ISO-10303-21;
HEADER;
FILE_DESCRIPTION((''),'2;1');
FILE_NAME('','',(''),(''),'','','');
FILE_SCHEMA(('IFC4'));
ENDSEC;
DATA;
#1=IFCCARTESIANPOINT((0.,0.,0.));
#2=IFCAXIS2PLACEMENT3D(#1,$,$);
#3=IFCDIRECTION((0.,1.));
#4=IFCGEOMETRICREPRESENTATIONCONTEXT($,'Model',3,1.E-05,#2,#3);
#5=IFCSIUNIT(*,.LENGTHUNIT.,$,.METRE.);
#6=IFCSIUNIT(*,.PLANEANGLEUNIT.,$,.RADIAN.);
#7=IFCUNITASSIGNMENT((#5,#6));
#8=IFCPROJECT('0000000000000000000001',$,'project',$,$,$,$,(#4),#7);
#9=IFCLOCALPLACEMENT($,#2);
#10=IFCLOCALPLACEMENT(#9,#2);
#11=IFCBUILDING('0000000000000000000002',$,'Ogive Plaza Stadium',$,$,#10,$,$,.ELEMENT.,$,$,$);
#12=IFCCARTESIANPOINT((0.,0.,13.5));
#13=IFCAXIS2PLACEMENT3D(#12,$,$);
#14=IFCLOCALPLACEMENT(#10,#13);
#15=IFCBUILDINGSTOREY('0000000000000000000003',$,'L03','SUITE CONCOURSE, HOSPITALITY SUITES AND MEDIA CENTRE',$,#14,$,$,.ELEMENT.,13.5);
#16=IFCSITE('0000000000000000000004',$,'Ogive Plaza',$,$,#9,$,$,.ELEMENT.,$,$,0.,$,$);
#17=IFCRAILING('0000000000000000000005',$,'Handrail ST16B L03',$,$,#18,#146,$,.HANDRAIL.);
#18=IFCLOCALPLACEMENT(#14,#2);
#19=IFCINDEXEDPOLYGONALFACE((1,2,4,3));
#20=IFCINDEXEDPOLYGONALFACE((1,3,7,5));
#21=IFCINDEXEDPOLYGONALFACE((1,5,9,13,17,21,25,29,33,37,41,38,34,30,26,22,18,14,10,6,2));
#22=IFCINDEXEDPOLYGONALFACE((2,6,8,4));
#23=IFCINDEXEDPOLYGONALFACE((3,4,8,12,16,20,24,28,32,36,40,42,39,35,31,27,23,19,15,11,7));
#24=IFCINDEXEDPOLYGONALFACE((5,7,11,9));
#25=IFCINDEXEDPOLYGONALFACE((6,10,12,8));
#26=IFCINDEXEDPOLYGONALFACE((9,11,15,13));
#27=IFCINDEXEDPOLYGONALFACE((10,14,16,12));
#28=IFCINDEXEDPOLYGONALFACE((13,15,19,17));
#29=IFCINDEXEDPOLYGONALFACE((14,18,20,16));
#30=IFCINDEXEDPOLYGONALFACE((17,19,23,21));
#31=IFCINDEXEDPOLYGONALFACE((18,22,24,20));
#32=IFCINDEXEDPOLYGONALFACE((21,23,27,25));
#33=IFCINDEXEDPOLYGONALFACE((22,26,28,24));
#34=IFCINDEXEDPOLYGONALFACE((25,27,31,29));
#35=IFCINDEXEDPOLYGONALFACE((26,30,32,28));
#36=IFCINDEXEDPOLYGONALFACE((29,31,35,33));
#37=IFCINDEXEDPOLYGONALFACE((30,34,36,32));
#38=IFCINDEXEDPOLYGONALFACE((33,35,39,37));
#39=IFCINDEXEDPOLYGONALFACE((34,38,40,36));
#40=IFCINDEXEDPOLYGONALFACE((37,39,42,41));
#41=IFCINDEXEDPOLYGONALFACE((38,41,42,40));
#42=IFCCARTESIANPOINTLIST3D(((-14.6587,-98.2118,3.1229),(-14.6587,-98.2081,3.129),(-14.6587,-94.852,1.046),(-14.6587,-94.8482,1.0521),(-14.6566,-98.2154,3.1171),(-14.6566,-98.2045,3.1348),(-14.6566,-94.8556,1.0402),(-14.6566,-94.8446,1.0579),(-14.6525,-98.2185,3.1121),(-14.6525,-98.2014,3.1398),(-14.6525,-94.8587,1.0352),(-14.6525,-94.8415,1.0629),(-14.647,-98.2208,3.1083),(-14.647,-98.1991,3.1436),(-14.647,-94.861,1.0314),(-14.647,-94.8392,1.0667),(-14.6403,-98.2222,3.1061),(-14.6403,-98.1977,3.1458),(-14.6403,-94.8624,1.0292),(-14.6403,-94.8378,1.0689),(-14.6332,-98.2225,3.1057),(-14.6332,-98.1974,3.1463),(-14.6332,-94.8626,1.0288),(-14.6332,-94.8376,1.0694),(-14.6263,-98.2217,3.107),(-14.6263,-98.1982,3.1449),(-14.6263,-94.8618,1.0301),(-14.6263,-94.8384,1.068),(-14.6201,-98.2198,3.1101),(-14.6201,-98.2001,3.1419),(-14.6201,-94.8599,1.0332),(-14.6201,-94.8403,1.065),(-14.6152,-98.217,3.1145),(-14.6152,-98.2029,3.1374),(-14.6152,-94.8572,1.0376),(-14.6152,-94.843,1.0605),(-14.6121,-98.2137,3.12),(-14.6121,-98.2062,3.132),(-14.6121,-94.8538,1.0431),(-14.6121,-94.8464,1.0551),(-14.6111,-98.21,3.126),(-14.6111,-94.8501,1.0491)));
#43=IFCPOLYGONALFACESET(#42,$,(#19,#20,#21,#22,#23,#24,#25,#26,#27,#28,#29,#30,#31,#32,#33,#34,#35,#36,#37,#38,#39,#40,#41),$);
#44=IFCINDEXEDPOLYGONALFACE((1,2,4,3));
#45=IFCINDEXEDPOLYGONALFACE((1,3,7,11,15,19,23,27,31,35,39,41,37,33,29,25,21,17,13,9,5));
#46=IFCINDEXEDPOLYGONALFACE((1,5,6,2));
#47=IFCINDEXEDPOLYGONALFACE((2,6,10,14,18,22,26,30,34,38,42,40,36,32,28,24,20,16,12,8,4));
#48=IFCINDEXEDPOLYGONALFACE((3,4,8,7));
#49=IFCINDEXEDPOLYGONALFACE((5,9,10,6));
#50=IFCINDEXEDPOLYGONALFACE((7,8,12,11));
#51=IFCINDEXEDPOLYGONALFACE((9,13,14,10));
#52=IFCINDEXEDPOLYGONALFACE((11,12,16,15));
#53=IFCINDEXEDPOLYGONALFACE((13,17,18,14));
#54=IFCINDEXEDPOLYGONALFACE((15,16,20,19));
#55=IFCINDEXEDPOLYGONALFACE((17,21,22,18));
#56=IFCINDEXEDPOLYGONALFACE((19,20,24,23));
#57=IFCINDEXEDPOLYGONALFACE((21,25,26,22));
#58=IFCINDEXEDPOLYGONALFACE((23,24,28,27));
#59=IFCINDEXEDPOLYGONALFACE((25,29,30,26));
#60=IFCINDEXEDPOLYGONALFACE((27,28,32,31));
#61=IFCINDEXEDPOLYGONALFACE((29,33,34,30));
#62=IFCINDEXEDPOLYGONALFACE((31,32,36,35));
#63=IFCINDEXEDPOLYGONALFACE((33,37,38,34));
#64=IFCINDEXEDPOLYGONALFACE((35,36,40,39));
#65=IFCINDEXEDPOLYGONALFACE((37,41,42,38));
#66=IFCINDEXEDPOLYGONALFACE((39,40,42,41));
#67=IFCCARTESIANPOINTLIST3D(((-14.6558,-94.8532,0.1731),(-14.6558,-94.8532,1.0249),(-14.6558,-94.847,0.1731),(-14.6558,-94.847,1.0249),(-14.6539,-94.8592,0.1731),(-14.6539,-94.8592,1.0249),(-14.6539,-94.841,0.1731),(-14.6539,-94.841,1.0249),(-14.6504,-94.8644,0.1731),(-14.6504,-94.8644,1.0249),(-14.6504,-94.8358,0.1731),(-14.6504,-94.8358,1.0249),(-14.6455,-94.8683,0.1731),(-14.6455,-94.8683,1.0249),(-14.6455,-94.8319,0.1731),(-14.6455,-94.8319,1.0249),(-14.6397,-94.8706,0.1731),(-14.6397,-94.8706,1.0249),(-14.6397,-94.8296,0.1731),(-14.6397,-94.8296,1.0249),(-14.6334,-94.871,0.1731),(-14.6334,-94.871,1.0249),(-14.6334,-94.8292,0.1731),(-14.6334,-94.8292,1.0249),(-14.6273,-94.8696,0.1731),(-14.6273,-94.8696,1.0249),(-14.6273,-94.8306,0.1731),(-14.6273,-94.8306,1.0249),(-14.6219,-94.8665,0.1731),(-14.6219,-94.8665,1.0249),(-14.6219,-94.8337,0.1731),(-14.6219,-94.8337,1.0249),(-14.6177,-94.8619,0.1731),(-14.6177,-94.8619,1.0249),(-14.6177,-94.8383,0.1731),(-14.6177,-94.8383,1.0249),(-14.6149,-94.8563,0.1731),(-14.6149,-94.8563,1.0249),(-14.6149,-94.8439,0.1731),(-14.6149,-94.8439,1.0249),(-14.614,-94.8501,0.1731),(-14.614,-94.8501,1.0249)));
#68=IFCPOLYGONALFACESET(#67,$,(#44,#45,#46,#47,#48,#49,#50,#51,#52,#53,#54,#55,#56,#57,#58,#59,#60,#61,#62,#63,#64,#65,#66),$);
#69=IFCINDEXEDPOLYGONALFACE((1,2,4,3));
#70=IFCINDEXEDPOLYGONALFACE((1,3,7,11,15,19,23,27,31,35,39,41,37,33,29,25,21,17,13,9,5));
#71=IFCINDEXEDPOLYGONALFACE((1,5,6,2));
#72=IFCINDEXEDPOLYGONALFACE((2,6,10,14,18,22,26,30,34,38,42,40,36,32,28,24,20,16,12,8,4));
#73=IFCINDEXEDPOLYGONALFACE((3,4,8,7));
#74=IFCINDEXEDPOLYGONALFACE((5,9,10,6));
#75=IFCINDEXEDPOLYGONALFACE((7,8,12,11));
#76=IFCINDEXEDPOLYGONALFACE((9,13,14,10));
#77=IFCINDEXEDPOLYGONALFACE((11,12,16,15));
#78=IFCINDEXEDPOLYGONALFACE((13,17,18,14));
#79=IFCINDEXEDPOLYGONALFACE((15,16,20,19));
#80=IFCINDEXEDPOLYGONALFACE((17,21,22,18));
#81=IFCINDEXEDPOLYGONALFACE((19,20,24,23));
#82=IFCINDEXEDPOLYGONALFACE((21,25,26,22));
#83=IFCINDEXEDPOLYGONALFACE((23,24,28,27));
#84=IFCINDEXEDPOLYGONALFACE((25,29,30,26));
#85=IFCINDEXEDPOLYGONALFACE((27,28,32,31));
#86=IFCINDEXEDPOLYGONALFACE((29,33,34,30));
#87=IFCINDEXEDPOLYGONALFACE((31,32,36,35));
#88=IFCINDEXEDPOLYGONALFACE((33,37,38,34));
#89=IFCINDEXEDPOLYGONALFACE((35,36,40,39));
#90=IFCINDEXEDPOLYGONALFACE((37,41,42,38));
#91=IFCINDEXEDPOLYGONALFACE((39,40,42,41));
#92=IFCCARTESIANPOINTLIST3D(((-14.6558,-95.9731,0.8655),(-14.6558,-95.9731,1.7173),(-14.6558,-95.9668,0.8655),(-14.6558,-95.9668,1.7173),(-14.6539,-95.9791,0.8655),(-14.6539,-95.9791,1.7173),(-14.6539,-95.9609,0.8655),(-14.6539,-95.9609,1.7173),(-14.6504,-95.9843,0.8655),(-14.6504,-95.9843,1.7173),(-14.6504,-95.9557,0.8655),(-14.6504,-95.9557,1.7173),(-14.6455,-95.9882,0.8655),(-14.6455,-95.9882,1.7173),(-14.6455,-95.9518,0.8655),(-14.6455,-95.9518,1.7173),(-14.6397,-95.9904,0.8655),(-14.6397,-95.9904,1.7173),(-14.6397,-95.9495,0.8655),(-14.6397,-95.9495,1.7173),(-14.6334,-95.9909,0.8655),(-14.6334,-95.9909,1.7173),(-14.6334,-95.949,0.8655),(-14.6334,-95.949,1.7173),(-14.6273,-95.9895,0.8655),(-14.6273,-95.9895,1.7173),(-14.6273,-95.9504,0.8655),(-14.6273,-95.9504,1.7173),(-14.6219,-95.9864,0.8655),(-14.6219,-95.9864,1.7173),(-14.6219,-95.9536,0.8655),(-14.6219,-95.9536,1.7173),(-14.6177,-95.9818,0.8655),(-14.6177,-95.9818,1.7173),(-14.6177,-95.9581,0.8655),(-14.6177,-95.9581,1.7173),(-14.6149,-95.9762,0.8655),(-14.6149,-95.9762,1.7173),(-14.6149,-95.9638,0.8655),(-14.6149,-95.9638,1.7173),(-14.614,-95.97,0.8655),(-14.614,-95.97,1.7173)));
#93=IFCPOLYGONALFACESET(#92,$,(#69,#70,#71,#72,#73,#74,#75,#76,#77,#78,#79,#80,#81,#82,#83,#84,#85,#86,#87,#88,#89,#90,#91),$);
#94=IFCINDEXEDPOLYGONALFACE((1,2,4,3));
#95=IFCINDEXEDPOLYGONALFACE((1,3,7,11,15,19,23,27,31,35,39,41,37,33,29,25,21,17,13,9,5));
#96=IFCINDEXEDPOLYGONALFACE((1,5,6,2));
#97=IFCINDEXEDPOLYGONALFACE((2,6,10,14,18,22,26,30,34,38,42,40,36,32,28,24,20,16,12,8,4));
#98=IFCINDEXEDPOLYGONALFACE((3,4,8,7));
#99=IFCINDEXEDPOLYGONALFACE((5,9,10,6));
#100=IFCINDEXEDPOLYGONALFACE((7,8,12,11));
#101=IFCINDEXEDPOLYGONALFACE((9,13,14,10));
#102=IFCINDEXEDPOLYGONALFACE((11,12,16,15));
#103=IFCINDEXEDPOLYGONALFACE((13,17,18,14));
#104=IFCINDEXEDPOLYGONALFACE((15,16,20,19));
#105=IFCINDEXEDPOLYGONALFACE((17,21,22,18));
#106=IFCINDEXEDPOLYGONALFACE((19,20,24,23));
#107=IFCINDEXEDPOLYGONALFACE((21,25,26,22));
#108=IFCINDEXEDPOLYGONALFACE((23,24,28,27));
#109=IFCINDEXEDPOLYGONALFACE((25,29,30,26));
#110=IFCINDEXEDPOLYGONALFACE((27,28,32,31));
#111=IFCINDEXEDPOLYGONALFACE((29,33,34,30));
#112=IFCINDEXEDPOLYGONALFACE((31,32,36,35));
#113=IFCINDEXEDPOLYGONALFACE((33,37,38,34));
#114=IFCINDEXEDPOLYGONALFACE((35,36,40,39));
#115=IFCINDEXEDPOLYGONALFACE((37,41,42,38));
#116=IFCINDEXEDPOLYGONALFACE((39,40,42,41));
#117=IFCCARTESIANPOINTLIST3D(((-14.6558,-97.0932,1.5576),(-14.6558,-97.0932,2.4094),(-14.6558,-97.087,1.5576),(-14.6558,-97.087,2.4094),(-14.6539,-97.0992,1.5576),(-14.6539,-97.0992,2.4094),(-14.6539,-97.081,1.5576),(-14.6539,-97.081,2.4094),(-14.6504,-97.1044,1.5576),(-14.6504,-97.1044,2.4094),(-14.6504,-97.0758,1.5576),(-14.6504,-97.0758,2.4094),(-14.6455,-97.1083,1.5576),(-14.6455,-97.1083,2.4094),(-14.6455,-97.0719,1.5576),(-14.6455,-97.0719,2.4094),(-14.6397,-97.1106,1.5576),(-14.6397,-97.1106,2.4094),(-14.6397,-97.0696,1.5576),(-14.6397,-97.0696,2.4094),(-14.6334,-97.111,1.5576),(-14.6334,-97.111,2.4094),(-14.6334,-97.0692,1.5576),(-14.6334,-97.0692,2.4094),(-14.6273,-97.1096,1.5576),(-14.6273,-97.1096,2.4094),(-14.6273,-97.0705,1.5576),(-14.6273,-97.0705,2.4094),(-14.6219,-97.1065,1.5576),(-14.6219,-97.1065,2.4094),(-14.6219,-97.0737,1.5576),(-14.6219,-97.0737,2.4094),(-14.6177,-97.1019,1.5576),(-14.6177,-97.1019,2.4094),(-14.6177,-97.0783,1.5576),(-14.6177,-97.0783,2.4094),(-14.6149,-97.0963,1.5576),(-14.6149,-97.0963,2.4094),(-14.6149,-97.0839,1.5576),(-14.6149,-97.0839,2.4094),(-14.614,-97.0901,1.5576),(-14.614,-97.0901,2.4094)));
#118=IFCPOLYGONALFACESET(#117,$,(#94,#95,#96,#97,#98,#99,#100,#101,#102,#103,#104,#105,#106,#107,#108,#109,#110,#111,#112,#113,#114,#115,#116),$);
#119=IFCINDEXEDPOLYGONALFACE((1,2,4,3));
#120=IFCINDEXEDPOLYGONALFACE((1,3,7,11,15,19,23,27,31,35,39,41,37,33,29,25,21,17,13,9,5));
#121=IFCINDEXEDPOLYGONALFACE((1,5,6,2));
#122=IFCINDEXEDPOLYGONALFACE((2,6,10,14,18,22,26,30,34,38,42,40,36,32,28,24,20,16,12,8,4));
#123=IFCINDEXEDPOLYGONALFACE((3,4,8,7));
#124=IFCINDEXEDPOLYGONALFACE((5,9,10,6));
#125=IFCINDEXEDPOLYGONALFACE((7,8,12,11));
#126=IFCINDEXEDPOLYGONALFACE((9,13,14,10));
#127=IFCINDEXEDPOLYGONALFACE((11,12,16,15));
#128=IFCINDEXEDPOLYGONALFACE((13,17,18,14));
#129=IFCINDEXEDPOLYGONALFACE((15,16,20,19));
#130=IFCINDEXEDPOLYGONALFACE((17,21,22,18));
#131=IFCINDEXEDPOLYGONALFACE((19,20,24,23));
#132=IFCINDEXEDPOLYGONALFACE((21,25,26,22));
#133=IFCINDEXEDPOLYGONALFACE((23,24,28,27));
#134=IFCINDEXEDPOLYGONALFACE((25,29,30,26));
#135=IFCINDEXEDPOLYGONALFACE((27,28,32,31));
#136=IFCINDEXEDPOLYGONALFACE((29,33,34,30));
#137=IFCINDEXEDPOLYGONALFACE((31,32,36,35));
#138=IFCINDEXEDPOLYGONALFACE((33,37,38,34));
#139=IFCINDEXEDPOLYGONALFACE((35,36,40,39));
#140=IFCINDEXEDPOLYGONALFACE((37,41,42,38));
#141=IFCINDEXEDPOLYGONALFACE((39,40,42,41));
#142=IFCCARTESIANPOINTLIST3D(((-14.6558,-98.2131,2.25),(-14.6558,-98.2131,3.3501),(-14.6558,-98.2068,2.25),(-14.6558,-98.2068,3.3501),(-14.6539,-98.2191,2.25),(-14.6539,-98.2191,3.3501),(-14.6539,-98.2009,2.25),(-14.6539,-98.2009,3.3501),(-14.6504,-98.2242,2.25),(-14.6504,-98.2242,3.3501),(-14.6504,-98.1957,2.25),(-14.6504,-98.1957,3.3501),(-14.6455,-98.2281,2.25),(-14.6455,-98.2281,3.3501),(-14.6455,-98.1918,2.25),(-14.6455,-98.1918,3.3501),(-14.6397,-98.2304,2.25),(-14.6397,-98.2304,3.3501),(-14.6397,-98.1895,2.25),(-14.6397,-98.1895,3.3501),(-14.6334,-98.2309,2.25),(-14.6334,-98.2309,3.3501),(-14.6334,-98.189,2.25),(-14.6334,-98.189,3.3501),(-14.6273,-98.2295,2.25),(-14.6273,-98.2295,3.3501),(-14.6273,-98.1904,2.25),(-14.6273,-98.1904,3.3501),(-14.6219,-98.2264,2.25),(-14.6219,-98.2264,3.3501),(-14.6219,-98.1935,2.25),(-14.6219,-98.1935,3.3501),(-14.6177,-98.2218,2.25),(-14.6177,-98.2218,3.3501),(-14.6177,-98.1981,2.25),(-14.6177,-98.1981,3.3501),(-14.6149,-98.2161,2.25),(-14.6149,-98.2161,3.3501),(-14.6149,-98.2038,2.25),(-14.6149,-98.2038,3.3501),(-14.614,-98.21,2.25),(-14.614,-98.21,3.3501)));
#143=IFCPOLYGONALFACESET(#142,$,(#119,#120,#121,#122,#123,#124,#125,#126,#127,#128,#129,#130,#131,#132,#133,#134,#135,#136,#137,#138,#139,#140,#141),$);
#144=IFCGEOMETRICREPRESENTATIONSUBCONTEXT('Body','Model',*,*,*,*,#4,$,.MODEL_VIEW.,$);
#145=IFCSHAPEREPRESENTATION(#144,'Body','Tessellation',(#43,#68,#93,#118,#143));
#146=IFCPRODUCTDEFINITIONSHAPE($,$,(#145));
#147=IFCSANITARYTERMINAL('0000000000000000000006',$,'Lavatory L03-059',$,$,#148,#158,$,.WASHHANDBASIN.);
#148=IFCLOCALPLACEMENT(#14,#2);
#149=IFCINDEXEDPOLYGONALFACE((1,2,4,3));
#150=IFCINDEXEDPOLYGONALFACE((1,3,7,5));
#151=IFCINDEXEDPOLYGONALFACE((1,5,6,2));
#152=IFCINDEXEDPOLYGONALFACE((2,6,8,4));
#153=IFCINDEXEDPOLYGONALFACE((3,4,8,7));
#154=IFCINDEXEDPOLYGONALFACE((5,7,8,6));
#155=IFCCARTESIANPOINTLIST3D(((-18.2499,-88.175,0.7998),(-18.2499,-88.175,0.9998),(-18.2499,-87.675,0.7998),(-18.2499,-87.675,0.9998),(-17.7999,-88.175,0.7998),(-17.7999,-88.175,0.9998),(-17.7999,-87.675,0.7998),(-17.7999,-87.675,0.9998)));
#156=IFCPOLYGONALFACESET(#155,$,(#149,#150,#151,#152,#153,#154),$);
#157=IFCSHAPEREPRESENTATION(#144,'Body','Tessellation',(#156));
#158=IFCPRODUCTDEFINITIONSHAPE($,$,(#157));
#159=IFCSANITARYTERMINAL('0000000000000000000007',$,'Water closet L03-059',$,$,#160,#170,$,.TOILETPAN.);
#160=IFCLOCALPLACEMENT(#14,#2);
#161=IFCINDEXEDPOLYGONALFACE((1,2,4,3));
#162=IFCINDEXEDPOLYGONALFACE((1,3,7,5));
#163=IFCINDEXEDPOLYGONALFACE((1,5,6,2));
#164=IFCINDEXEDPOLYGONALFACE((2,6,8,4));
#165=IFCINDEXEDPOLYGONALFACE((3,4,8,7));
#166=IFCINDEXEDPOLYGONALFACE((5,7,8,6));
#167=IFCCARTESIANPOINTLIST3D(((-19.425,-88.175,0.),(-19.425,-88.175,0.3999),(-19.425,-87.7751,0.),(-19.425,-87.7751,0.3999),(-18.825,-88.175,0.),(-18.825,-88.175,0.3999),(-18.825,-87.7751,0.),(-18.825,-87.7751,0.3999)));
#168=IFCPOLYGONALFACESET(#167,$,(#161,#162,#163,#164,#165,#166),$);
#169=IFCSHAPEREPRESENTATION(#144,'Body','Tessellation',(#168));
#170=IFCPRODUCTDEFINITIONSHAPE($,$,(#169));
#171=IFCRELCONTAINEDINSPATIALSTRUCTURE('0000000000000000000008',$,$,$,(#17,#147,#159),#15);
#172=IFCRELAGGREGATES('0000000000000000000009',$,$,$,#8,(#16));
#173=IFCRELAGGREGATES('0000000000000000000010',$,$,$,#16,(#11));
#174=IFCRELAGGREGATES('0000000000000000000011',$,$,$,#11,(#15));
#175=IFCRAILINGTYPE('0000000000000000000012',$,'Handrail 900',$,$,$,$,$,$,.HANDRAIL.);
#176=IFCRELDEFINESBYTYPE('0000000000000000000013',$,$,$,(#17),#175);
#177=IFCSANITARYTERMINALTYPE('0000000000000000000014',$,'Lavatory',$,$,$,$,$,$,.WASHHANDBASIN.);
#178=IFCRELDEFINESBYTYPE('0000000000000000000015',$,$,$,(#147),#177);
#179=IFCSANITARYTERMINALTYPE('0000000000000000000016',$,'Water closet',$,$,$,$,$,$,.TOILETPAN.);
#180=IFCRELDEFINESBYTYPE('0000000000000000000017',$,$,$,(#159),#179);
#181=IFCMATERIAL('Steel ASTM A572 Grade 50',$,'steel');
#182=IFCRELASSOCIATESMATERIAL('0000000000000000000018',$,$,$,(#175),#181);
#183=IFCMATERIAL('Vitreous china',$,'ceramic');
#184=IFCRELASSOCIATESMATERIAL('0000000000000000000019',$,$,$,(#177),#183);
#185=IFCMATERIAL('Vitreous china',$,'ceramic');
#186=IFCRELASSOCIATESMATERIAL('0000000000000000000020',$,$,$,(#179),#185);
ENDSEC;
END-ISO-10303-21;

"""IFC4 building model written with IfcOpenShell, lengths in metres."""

from ifc_helpers import new_model, si_unit, direction, frame, origin, origin_2d, place, context, subcontext, project, spatial, rectangle, circle, extrude, material, type_object, element, save


model = new_model("IFC4")

# Units and contexts
model_context = context("Model", 3, precision=1e-05, world=origin(), true_north=direction((0.0, 1.0)))
body_context = subcontext(model_context, "Body", "Model", "MODEL_VIEW")
ifc_project = project(units=[si_unit("LENGTHUNIT", "METRE"), si_unit("PLANEANGLEUNIT", "RADIAN")], contexts=[model_context])

# Site, building, storey
site_placement = place(None, origin())
site = spatial("IfcSite", under=ifc_project, at=site_placement, Name="Ogive Plaza", CompositionType="ELEMENT", RefElevation=0.0)
building_placement = place(site_placement, origin())
building = spatial("IfcBuilding", under=site, at=building_placement, Name="Ogive Plaza Stadium", CompositionType="ELEMENT")
storey_placement = place(building_placement, frame((0.0, 0.0, 13.5)))
storey = spatial("IfcBuildingStorey", under=building, at=storey_placement, Name="L03", Description="SUITE CONCOURSE, HOSPITALITY SUITES AND MEDIA CENTRE", CompositionType="ELEMENT", Elevation=13.5)

# Railing
ifc_material_1 = material(Name="Steel ASTM A572 Grade 50", Category="steel")
railing_type_1 = type_object("IfcRailingType", Name="Handrail 900", PredefinedType="HANDRAIL", material=ifc_material_1)
for number, where, name in (
    (1, (-14.635, -94.8501, 0.1731), "Handrail ST16B L03"),
):
    element("IfcRailing", number, at=place(storey_placement, frame(where)), inside=storey, type_object=railing_type_1, Name=name, PredefinedType="HANDRAIL", context=body_context, shape_type="SweptSolid", body=[
        extrude(circle(Radius=0.0239, at=origin_2d()), frame((0.0, 0.0, 0.876), z_axis=(0.0, -0.850606, 0.525803), x_axis=(1.0, 0.0, 0.0)), (0.0, 0.0, 1.0), 3.95),
        extrude(circle(Radius=0.021, at=origin_2d()), origin(), (0.0, 0.0, 1.0), 0.8518),
        extrude(circle(Radius=0.021, at=origin_2d()), frame((0.0, -1.1199, 0.6924)), (0.0, 0.0, 1.0), 0.8518),
        extrude(circle(Radius=0.021, at=origin_2d()), frame((0.0, -2.24, 1.3845)), (0.0, 0.0, 1.0), 0.8518),
        extrude(circle(Radius=0.021, at=origin_2d()), frame((0.0, -3.3599, 2.0769)), (0.0, 0.0, 1.0), 1.1001),
    ])

# Sanitary terminals
ifc_material_2 = material(Name="Vitreous china", Category="ceramic")
sanitary_terminal_type_1 = type_object("IfcSanitaryTerminalType", Name="Lavatory", PredefinedType="WASHHANDBASIN", material=ifc_material_2)
sanitary_terminal_1_placement = place(storey_placement, frame((-18.0249, -87.925, 0.7998), z_axis=(0.0, 0.0, 1.0), x_axis=(0.0, 1.0, 0.0)))
element("IfcSanitaryTerminal", 2, at=sanitary_terminal_1_placement, inside=storey, type_object=sanitary_terminal_type_1, Name="Lavatory L03-059", PredefinedType="WASHHANDBASIN", context=body_context, shape_type="SweptSolid", body=[
    extrude(rectangle(XDim=0.5, YDim=0.45, at=origin_2d()), origin(), (0.0, 0.0, 1.0), 0.2),
])
ifc_material_3 = material(Name="Vitreous china", Category="ceramic")
sanitary_terminal_type_2 = type_object("IfcSanitaryTerminalType", Name="Water closet", PredefinedType="TOILETPAN", material=ifc_material_3)
sanitary_terminal_2_placement = place(storey_placement, frame((-19.125, -87.9751, 0.0), z_axis=(0.0, 0.0, 1.0), x_axis=(0.0, 1.0, 0.0)))
element("IfcSanitaryTerminal", 3, at=sanitary_terminal_2_placement, inside=storey, type_object=sanitary_terminal_type_2, Name="Water closet L03-059", PredefinedType="TOILETPAN", context=body_context, shape_type="SweptSolid", body=[
    extrude(rectangle(XDim=0.3999, YDim=0.6001, at=origin_2d()), origin(), (0.0, 0.0, 1.0), 0.3999),
])

save(model, "model.ifc")
